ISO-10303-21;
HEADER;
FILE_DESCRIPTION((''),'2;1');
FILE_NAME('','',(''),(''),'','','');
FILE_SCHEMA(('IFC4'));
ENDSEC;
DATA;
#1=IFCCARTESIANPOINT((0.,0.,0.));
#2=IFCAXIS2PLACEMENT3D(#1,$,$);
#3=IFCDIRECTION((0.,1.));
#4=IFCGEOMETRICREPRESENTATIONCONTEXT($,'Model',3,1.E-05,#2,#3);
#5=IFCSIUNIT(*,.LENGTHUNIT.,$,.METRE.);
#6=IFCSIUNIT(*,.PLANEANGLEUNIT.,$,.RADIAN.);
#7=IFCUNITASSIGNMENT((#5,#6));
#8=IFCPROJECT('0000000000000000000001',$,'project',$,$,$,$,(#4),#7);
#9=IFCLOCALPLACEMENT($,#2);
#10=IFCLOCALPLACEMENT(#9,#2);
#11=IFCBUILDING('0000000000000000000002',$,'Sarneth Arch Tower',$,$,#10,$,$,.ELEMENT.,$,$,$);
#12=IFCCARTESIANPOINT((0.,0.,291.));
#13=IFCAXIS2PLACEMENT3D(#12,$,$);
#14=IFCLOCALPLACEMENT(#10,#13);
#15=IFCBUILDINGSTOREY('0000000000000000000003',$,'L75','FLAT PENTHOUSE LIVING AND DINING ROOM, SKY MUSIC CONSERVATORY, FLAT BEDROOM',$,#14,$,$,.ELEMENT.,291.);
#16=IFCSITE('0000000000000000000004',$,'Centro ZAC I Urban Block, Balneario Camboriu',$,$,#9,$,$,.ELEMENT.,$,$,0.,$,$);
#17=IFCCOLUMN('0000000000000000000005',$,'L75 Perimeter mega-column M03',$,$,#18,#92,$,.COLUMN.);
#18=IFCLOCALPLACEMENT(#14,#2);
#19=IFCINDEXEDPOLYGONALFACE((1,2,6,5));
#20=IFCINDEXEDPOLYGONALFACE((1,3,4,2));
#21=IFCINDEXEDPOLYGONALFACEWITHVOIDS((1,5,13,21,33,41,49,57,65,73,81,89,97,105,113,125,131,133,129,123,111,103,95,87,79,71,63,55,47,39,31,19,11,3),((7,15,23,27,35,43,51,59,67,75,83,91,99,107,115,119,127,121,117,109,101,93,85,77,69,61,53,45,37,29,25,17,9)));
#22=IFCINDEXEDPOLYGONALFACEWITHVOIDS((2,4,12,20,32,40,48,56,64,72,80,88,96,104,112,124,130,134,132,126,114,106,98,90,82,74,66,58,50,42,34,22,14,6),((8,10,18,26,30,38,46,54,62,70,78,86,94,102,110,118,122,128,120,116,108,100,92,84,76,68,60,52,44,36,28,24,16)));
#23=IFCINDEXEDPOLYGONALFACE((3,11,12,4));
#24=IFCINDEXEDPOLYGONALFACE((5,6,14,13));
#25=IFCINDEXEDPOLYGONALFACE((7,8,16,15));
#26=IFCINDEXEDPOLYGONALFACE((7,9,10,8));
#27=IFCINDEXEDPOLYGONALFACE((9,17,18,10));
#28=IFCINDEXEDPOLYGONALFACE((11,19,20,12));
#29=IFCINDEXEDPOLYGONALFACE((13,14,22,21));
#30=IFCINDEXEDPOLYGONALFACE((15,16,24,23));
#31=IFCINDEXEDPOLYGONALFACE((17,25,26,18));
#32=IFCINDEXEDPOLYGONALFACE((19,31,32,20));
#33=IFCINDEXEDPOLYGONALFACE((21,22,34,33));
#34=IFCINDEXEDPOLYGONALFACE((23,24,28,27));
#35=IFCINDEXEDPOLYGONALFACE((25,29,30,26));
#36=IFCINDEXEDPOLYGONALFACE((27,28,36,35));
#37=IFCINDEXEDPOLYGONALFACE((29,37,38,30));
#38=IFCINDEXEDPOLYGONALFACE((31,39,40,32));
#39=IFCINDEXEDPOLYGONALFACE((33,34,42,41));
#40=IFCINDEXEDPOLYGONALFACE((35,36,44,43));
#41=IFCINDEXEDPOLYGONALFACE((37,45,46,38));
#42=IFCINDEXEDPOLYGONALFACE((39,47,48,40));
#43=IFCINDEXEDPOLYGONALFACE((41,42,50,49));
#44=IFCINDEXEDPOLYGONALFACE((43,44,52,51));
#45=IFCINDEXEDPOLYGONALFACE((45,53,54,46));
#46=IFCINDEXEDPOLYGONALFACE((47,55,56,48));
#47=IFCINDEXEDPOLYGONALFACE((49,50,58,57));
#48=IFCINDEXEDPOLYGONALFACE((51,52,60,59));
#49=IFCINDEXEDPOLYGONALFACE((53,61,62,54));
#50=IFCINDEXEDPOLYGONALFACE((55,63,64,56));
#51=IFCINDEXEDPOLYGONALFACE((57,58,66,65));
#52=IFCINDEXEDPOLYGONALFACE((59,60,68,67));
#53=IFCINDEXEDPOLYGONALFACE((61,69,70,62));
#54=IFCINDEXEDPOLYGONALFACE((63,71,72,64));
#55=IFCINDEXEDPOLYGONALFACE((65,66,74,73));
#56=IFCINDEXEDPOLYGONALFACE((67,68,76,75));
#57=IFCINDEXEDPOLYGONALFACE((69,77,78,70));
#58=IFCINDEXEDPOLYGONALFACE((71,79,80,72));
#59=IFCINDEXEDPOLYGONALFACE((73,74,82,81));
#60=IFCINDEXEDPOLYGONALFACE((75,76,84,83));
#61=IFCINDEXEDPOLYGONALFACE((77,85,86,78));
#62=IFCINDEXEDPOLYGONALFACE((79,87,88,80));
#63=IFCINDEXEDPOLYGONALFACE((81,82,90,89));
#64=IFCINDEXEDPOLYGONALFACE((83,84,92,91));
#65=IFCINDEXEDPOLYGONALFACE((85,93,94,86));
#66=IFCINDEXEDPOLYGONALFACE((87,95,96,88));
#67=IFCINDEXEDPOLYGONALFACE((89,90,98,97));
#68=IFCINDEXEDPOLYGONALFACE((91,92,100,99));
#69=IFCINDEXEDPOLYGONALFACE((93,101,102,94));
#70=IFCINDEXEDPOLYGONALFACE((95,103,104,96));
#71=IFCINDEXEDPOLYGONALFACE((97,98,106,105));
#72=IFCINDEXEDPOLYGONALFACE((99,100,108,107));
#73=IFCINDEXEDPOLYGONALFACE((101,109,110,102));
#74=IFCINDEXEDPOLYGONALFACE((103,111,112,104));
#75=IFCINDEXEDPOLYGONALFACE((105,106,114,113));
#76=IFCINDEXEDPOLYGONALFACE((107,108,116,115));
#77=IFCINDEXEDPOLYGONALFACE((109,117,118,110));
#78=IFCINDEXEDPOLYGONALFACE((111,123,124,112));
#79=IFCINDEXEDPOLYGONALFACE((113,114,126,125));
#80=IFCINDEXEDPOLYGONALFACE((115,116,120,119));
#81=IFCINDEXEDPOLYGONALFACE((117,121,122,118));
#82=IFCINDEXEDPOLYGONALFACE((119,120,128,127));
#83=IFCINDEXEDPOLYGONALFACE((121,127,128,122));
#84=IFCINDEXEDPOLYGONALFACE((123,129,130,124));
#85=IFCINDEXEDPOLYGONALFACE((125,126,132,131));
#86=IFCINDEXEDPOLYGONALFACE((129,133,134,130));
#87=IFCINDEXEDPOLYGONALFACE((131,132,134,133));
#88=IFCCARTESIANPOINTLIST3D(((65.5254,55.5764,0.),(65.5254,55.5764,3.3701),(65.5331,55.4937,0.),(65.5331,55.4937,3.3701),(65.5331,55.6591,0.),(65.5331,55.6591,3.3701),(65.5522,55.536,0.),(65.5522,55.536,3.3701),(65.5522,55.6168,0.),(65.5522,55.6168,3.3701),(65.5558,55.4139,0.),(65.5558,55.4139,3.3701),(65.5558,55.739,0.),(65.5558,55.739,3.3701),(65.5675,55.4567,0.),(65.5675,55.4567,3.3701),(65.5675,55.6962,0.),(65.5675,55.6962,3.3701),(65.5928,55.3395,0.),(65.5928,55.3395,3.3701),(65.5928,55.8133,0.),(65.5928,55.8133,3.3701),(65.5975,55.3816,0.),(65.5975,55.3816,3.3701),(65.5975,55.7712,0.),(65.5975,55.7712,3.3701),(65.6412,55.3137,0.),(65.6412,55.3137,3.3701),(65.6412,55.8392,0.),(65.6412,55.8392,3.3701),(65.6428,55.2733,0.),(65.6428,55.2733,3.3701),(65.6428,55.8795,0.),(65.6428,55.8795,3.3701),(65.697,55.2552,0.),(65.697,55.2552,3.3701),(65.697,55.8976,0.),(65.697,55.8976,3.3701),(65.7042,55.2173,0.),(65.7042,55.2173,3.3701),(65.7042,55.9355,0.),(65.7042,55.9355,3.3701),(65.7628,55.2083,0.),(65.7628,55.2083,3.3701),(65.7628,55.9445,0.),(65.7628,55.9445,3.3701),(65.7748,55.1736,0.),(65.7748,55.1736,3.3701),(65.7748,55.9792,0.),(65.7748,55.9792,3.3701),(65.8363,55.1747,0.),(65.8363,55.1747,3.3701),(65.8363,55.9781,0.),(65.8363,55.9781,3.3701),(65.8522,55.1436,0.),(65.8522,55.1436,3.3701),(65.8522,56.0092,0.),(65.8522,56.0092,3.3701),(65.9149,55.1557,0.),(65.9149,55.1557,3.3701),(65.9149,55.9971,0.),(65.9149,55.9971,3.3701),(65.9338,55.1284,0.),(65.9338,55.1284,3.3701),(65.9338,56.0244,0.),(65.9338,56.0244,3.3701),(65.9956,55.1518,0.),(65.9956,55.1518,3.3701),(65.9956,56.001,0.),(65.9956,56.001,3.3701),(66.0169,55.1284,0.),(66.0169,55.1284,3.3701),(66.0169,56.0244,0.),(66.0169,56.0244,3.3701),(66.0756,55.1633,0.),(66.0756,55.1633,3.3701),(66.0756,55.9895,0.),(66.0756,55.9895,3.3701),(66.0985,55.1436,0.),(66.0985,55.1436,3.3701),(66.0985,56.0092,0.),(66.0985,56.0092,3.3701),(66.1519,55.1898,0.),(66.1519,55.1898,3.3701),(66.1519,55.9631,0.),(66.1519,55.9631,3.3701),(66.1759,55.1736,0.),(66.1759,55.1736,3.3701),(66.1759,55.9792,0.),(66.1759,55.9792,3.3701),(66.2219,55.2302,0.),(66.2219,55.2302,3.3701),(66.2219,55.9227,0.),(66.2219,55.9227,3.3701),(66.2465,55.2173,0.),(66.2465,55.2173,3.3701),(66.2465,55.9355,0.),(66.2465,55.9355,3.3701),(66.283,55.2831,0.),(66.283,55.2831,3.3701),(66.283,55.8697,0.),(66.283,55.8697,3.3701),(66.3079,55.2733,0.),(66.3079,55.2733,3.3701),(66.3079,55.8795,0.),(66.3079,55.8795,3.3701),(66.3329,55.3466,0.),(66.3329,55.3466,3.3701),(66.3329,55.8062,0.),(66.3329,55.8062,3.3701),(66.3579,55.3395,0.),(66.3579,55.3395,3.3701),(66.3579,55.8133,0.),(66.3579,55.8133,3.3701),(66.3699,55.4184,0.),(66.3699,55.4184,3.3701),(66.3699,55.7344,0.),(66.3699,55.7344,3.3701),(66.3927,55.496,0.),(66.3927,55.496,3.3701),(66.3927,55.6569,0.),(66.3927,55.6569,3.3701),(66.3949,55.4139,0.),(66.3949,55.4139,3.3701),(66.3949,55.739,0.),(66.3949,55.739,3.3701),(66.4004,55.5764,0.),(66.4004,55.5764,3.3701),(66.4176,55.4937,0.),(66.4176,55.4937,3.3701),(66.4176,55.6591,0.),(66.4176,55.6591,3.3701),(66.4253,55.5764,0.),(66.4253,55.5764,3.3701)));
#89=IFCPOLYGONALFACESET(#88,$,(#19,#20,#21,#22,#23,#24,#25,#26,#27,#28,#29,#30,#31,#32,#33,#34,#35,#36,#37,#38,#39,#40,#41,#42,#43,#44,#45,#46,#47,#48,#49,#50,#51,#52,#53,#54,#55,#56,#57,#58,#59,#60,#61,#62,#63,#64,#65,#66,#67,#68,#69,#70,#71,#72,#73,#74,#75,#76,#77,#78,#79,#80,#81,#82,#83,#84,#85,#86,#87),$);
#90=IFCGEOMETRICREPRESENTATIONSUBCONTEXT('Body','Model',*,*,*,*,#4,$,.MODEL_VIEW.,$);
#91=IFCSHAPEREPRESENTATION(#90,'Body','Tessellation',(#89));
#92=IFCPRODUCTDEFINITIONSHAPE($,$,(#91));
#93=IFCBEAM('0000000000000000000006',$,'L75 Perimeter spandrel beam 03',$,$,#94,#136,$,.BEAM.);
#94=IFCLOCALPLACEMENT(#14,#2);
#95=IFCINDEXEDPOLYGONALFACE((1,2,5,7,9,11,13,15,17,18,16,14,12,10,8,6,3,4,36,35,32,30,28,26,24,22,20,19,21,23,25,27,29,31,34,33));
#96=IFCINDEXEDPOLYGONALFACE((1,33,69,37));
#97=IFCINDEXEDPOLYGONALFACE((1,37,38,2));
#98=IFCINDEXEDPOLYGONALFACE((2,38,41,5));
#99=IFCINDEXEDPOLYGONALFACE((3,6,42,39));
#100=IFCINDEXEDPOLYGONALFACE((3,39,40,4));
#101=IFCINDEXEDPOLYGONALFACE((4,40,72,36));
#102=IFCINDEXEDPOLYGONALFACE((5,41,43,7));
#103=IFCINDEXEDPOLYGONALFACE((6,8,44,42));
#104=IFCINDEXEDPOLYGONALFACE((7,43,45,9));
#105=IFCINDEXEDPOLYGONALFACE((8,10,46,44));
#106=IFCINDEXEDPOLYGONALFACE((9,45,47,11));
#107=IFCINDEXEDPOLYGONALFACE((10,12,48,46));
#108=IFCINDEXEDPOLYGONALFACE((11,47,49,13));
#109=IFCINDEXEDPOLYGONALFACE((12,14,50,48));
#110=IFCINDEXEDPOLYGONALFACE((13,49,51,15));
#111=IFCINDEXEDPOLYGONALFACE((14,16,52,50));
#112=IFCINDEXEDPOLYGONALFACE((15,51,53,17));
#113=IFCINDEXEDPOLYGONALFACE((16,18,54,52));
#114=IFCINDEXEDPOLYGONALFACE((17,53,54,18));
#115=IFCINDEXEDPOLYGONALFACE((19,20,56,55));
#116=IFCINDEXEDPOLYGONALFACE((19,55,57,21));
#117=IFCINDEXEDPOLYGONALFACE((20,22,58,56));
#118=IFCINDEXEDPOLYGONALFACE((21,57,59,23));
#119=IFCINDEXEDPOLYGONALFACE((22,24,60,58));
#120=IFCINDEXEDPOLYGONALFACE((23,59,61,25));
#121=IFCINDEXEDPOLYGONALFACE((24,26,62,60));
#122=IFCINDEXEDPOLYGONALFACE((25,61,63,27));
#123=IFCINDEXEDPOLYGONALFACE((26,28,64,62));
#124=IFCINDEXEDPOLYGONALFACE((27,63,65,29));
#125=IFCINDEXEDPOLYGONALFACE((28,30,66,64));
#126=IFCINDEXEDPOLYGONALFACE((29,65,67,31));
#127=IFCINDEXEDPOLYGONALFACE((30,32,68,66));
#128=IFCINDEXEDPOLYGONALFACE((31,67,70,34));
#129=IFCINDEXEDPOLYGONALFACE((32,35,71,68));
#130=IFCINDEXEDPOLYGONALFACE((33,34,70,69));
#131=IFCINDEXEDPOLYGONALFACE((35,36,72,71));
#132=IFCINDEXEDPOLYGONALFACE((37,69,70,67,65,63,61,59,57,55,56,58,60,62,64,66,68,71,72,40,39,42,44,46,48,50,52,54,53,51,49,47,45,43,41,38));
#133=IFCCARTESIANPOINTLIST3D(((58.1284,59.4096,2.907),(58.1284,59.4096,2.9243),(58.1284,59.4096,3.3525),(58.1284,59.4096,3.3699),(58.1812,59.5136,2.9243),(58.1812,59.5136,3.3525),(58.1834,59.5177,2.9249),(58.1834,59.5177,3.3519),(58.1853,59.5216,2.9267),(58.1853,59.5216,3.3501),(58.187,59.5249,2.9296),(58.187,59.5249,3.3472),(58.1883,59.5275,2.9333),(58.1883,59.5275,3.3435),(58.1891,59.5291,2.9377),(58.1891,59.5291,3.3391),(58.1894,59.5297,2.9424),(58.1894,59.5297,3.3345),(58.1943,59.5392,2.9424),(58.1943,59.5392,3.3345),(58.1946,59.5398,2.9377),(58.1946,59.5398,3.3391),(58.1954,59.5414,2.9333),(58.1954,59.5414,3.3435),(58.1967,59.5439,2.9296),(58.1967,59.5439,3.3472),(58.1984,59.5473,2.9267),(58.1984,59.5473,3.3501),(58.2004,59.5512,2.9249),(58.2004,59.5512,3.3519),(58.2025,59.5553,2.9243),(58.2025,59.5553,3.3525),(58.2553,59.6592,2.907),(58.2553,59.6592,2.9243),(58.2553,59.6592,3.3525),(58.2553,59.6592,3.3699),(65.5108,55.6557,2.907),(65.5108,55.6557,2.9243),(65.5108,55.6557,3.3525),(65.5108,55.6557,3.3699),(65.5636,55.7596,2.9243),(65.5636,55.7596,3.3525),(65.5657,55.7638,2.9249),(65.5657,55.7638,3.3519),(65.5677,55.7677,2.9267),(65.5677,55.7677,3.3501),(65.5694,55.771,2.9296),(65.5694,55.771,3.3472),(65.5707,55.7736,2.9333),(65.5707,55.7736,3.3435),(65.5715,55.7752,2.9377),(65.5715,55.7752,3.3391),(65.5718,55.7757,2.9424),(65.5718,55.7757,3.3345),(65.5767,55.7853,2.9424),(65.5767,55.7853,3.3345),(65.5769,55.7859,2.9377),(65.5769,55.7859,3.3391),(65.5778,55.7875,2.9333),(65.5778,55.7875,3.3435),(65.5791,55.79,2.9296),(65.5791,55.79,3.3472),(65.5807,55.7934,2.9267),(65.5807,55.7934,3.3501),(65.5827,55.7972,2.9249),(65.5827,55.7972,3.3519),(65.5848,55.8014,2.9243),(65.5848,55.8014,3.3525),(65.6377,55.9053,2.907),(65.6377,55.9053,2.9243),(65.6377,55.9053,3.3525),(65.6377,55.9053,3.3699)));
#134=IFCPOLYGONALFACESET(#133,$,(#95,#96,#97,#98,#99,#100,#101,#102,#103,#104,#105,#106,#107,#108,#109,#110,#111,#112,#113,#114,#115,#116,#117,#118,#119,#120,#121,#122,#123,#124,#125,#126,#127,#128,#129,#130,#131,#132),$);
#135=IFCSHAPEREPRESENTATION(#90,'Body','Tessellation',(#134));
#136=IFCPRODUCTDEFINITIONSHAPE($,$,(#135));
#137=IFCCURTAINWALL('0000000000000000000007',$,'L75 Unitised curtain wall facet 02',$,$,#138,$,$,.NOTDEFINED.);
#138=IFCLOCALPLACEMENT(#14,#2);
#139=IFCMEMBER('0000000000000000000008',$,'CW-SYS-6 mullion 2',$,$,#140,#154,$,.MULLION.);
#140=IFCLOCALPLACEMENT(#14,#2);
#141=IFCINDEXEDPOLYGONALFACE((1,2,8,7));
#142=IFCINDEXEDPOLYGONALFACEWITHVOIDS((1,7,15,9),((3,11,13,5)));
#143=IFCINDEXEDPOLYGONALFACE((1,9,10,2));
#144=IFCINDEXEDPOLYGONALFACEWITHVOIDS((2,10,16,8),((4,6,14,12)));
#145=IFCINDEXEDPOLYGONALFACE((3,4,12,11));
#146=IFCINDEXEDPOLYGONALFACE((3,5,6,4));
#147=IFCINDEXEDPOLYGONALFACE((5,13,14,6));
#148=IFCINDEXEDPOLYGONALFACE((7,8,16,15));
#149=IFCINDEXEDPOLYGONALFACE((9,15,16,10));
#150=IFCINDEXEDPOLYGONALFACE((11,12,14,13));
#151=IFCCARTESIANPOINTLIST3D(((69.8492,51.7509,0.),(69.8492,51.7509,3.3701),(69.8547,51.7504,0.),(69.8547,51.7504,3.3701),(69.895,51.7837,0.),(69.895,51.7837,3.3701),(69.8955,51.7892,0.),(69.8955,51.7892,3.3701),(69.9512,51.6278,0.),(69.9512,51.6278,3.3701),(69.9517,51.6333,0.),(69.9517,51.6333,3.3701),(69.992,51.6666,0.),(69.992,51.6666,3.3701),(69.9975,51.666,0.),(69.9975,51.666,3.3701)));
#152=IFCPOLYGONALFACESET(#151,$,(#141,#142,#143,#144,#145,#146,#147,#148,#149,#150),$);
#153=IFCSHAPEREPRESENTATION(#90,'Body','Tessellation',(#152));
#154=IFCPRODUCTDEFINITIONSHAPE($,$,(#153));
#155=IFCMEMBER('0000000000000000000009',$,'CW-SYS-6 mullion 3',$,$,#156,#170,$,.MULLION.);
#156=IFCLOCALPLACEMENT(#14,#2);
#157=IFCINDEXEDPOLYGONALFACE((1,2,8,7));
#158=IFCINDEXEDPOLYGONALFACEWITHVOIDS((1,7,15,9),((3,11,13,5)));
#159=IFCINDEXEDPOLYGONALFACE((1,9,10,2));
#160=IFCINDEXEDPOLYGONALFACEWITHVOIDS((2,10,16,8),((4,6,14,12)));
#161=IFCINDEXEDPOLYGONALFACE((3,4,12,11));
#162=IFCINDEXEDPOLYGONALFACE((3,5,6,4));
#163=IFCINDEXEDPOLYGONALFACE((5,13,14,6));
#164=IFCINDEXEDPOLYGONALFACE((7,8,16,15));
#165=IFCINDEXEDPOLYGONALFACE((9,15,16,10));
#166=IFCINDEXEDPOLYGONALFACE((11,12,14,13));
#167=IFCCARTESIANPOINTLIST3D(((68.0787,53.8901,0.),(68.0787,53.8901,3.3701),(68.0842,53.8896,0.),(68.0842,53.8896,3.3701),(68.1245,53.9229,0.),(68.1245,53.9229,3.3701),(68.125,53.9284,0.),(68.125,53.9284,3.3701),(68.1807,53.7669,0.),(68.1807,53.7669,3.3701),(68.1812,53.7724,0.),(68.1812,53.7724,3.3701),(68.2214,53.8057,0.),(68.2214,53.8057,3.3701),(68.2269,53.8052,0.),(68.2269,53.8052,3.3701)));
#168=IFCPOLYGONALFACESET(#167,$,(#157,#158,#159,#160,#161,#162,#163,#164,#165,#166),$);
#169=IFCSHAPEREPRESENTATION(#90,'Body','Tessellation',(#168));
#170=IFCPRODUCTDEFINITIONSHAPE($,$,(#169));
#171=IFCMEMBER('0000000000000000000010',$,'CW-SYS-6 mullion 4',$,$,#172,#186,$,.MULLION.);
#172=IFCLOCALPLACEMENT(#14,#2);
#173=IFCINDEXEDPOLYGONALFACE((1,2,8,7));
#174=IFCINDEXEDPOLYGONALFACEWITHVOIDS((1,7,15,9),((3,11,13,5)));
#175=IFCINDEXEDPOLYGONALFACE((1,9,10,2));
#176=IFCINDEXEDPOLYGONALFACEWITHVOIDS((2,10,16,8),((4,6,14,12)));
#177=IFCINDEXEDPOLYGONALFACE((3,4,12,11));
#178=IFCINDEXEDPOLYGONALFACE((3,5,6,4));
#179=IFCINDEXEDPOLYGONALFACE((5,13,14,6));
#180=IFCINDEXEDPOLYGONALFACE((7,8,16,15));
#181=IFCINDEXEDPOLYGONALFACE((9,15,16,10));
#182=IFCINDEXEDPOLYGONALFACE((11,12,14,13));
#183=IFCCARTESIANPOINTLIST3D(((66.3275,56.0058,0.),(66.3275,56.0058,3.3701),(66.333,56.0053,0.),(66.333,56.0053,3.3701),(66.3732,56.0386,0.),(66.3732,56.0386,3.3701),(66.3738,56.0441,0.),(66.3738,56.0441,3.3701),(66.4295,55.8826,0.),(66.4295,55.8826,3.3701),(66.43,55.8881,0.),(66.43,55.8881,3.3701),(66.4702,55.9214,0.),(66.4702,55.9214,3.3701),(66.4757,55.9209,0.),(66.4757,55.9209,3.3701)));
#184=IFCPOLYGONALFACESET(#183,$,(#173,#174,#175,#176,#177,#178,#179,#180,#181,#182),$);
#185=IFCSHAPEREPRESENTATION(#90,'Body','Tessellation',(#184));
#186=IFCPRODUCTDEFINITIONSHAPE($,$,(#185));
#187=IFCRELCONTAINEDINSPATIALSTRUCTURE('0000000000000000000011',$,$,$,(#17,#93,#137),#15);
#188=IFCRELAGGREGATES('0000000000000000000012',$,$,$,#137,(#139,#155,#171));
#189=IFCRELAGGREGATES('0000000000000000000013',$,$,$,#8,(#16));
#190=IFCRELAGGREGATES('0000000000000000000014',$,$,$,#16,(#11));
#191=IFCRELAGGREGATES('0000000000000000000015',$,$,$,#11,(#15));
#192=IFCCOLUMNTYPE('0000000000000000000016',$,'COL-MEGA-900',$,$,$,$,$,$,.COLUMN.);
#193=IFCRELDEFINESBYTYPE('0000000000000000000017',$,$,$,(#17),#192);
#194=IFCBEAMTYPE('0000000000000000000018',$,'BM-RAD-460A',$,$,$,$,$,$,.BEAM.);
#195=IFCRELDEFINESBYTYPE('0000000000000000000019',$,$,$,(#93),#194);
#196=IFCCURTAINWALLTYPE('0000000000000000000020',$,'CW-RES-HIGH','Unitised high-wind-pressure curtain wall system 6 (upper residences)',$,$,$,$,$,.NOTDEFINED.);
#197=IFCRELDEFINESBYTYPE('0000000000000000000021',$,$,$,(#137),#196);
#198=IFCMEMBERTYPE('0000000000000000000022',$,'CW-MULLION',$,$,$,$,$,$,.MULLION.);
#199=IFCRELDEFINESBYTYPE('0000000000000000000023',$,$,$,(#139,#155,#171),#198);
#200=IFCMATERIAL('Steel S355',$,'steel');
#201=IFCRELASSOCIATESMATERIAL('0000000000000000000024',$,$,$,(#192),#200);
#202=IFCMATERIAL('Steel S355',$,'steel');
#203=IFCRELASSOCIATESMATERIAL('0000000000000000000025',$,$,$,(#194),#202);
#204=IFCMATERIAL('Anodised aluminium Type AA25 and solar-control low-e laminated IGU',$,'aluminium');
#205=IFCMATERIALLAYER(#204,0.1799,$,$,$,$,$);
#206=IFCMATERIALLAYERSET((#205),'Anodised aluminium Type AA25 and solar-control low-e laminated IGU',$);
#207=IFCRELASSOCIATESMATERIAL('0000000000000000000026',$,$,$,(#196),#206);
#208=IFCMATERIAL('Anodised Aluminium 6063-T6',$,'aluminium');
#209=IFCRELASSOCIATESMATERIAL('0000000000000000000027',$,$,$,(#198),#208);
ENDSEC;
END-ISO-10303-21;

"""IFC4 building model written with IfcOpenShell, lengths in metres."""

from ifc_helpers import new_model, si_unit, direction, frame, origin, origin_2d, place, context, subcontext, project, spatial, hollow_rectangle, hollow_circle, i_section, extrude, material, layer, layer_set, material_profile, profile_set, type_object, element, aggregate, save


model = new_model("IFC4")

# Units and contexts
model_context = context("Model", 3, precision=1e-05, world=origin(), true_north=direction((0.0, 1.0)))
body_context = subcontext(model_context, "Body", "Model", "MODEL_VIEW")
ifc_project = project(units=[si_unit("LENGTHUNIT", "METRE"), si_unit("PLANEANGLEUNIT", "RADIAN")], contexts=[model_context])

# Site, building, storey
site_placement = place(None, origin())
site = spatial("IfcSite", under=ifc_project, at=site_placement, Name="Centro ZAC I Urban Block, Balneario Camboriu", CompositionType="ELEMENT", RefElevation=0.0)
building_placement = place(site_placement, origin())
building = spatial("IfcBuilding", under=site, at=building_placement, Name="Sarneth Arch Tower", CompositionType="ELEMENT")
storey_placement = place(building_placement, frame((0.0, 0.0, 291.0)))
storey = spatial("IfcBuildingStorey", under=building, at=storey_placement, Name="L75", Description="FLAT PENTHOUSE LIVING AND DINING ROOM, SKY MUSIC CONSERVATORY, FLAT BEDROOM", CompositionType="ELEMENT", Elevation=291.0)

# Column
ifc_material_1 = material(Name="Steel S355", Category="steel")
ifc_material_profile_1 = material_profile(ifc_material_1, hollow_circle(Radius=0.45, WallThickness=0.0249, at=origin_2d()), Name="CHS900x25")
ifc_profile_set_1 = profile_set([ifc_material_profile_1], Name="Steel S355")
column_type = type_object("IfcColumnType", Name="COL-MEGA-900", PredefinedType="COLUMN", material=ifc_profile_set_1)
column_placement = place(storey_placement, frame((65.9753, 55.5764, 0.0), z_axis=(0.0, 0.0, 1.0), x_axis=(1.0, 0.0, 0.0)))
element("IfcColumn", 1, at=column_placement, inside=storey, type_object=column_type, Name="L75 Perimeter mega-column M03", PredefinedType="COLUMN", context=body_context, shape_type="SweptSolid", body=[
    extrude(hollow_circle(Radius=0.45, WallThickness=0.0249, at=origin_2d()), origin(), (0.0, 0.0, 1.0), 3.3701),
])

# Beam
ifc_material_2 = material(Name="Steel S355", Category="steel")
ifc_material_profile_2 = material_profile(ifc_material_2, i_section(OverallWidth=0.28, OverallDepth=0.4629, WebThickness=0.0107, FlangeThickness=0.0173, FilletRadius=0.0181, at=origin_2d()), Name="W460x113")
ifc_profile_set_2 = profile_set([ifc_material_profile_2], Name="Steel S355")
beam_type = type_object("IfcBeamType", Name="BM-RAD-460A", PredefinedType="BEAM", material=ifc_profile_set_2)
beam_placement = place(storey_placement, frame((65.5742, 55.7805, 3.1384), z_axis=(-0.891376, 0.453264, 0.0), x_axis=(-0.453264, -0.891376, 0.0)))
element("IfcBeam", 2, at=beam_placement, inside=storey, type_object=beam_type, Name="L75 Perimeter spandrel beam 03", PredefinedType="BEAM", context=body_context, shape_type="SweptSolid", body=[
    extrude(i_section(OverallWidth=0.28, OverallDepth=0.4629, WebThickness=0.0107, FlangeThickness=0.0173, FilletRadius=0.0181, at=origin_2d()), origin(), (0.0, 0.0, 1.0), 8.282),
])

# Curtain wall, members
ifc_material_3 = material(Name="Anodised aluminium Type AA25 and solar-control low-e laminated IGU", Category="aluminium")
ifc_layer_1 = layer(ifc_material_3, 0.1799)
ifc_layer_set_1 = layer_set([ifc_layer_1], Name="Anodised aluminium Type AA25 and solar-control low-e laminated IGU")
curtain_wall_type = type_object("IfcCurtainWallType", Name="CW-RES-HIGH", Description="Unitised high-wind-pressure curtain wall system 6 (upper residences)", PredefinedType="NOTDEFINED", material=ifc_layer_set_1)
curtain_wall_placement = place(storey_placement, origin())
curtain_wall = element("IfcCurtainWall", 3, at=curtain_wall_placement, inside=storey, type_object=curtain_wall_type, Name="L75 Unitised curtain wall facet 02", PredefinedType="NOTDEFINED")
ifc_material_4 = material(Name="Anodised Aluminium 6063-T6", Category="aluminium")
ifc_material_profile_3 = material_profile(ifc_material_4, hollow_rectangle(XDim=0.0601, YDim=0.1599, WallThickness=0.0039, at=origin_2d()), Name="AL-MULL-160x60x4")
ifc_profile_set_3 = profile_set([ifc_material_profile_3], Name="Anodised Aluminium 6063-T6")
member_type_1 = type_object("IfcMemberType", Name="CW-MULLION", PredefinedType="MULLION", material=ifc_profile_set_3)
member_1_placement = place(storey_placement, frame((69.9233, 51.7085, 0.0), z_axis=(0.0, 0.0, 1.0), x_axis=(-0.770359, -0.63761, 0.0)))
member_1 = element("IfcMember", 4, at=member_1_placement, type_object=member_type_1, Name="CW-SYS-6 mullion 2", PredefinedType="MULLION", context=body_context, shape_type="SweptSolid", body=[
    extrude(hollow_rectangle(XDim=0.0601, YDim=0.1599, WallThickness=0.0039, at=origin_2d()), origin(), (0.0, 0.0, 1.0), 3.3701),
])
member_2_placement = place(storey_placement, frame((68.1528, 53.8477, 0.0), z_axis=(0.0, 0.0, 1.0), x_axis=(-0.770359, -0.63761, 0.0)))
member_2 = element("IfcMember", 5, at=member_2_placement, type_object=member_type_1, Name="CW-SYS-6 mullion 3", PredefinedType="MULLION", context=body_context, shape_type="SweptSolid", body=[
    extrude(hollow_rectangle(XDim=0.0601, YDim=0.1599, WallThickness=0.0039, at=origin_2d()), origin(), (0.0, 0.0, 1.0), 3.3701),
])
member_3_placement = place(storey_placement, frame((66.4016, 55.9634, 0.0), z_axis=(0.0, 0.0, 1.0), x_axis=(-0.770359, -0.63761, 0.0)))
member_3 = element("IfcMember", 6, at=member_3_placement, type_object=member_type_1, Name="CW-SYS-6 mullion 4", PredefinedType="MULLION", context=body_context, shape_type="SweptSolid", body=[
    extrude(hollow_rectangle(XDim=0.0601, YDim=0.1599, WallThickness=0.0039, at=origin_2d()), origin(), (0.0, 0.0, 1.0), 3.3701),
])

aggregate(curtain_wall, [member_1, member_2, member_3])

save(model, "model.ifc")
